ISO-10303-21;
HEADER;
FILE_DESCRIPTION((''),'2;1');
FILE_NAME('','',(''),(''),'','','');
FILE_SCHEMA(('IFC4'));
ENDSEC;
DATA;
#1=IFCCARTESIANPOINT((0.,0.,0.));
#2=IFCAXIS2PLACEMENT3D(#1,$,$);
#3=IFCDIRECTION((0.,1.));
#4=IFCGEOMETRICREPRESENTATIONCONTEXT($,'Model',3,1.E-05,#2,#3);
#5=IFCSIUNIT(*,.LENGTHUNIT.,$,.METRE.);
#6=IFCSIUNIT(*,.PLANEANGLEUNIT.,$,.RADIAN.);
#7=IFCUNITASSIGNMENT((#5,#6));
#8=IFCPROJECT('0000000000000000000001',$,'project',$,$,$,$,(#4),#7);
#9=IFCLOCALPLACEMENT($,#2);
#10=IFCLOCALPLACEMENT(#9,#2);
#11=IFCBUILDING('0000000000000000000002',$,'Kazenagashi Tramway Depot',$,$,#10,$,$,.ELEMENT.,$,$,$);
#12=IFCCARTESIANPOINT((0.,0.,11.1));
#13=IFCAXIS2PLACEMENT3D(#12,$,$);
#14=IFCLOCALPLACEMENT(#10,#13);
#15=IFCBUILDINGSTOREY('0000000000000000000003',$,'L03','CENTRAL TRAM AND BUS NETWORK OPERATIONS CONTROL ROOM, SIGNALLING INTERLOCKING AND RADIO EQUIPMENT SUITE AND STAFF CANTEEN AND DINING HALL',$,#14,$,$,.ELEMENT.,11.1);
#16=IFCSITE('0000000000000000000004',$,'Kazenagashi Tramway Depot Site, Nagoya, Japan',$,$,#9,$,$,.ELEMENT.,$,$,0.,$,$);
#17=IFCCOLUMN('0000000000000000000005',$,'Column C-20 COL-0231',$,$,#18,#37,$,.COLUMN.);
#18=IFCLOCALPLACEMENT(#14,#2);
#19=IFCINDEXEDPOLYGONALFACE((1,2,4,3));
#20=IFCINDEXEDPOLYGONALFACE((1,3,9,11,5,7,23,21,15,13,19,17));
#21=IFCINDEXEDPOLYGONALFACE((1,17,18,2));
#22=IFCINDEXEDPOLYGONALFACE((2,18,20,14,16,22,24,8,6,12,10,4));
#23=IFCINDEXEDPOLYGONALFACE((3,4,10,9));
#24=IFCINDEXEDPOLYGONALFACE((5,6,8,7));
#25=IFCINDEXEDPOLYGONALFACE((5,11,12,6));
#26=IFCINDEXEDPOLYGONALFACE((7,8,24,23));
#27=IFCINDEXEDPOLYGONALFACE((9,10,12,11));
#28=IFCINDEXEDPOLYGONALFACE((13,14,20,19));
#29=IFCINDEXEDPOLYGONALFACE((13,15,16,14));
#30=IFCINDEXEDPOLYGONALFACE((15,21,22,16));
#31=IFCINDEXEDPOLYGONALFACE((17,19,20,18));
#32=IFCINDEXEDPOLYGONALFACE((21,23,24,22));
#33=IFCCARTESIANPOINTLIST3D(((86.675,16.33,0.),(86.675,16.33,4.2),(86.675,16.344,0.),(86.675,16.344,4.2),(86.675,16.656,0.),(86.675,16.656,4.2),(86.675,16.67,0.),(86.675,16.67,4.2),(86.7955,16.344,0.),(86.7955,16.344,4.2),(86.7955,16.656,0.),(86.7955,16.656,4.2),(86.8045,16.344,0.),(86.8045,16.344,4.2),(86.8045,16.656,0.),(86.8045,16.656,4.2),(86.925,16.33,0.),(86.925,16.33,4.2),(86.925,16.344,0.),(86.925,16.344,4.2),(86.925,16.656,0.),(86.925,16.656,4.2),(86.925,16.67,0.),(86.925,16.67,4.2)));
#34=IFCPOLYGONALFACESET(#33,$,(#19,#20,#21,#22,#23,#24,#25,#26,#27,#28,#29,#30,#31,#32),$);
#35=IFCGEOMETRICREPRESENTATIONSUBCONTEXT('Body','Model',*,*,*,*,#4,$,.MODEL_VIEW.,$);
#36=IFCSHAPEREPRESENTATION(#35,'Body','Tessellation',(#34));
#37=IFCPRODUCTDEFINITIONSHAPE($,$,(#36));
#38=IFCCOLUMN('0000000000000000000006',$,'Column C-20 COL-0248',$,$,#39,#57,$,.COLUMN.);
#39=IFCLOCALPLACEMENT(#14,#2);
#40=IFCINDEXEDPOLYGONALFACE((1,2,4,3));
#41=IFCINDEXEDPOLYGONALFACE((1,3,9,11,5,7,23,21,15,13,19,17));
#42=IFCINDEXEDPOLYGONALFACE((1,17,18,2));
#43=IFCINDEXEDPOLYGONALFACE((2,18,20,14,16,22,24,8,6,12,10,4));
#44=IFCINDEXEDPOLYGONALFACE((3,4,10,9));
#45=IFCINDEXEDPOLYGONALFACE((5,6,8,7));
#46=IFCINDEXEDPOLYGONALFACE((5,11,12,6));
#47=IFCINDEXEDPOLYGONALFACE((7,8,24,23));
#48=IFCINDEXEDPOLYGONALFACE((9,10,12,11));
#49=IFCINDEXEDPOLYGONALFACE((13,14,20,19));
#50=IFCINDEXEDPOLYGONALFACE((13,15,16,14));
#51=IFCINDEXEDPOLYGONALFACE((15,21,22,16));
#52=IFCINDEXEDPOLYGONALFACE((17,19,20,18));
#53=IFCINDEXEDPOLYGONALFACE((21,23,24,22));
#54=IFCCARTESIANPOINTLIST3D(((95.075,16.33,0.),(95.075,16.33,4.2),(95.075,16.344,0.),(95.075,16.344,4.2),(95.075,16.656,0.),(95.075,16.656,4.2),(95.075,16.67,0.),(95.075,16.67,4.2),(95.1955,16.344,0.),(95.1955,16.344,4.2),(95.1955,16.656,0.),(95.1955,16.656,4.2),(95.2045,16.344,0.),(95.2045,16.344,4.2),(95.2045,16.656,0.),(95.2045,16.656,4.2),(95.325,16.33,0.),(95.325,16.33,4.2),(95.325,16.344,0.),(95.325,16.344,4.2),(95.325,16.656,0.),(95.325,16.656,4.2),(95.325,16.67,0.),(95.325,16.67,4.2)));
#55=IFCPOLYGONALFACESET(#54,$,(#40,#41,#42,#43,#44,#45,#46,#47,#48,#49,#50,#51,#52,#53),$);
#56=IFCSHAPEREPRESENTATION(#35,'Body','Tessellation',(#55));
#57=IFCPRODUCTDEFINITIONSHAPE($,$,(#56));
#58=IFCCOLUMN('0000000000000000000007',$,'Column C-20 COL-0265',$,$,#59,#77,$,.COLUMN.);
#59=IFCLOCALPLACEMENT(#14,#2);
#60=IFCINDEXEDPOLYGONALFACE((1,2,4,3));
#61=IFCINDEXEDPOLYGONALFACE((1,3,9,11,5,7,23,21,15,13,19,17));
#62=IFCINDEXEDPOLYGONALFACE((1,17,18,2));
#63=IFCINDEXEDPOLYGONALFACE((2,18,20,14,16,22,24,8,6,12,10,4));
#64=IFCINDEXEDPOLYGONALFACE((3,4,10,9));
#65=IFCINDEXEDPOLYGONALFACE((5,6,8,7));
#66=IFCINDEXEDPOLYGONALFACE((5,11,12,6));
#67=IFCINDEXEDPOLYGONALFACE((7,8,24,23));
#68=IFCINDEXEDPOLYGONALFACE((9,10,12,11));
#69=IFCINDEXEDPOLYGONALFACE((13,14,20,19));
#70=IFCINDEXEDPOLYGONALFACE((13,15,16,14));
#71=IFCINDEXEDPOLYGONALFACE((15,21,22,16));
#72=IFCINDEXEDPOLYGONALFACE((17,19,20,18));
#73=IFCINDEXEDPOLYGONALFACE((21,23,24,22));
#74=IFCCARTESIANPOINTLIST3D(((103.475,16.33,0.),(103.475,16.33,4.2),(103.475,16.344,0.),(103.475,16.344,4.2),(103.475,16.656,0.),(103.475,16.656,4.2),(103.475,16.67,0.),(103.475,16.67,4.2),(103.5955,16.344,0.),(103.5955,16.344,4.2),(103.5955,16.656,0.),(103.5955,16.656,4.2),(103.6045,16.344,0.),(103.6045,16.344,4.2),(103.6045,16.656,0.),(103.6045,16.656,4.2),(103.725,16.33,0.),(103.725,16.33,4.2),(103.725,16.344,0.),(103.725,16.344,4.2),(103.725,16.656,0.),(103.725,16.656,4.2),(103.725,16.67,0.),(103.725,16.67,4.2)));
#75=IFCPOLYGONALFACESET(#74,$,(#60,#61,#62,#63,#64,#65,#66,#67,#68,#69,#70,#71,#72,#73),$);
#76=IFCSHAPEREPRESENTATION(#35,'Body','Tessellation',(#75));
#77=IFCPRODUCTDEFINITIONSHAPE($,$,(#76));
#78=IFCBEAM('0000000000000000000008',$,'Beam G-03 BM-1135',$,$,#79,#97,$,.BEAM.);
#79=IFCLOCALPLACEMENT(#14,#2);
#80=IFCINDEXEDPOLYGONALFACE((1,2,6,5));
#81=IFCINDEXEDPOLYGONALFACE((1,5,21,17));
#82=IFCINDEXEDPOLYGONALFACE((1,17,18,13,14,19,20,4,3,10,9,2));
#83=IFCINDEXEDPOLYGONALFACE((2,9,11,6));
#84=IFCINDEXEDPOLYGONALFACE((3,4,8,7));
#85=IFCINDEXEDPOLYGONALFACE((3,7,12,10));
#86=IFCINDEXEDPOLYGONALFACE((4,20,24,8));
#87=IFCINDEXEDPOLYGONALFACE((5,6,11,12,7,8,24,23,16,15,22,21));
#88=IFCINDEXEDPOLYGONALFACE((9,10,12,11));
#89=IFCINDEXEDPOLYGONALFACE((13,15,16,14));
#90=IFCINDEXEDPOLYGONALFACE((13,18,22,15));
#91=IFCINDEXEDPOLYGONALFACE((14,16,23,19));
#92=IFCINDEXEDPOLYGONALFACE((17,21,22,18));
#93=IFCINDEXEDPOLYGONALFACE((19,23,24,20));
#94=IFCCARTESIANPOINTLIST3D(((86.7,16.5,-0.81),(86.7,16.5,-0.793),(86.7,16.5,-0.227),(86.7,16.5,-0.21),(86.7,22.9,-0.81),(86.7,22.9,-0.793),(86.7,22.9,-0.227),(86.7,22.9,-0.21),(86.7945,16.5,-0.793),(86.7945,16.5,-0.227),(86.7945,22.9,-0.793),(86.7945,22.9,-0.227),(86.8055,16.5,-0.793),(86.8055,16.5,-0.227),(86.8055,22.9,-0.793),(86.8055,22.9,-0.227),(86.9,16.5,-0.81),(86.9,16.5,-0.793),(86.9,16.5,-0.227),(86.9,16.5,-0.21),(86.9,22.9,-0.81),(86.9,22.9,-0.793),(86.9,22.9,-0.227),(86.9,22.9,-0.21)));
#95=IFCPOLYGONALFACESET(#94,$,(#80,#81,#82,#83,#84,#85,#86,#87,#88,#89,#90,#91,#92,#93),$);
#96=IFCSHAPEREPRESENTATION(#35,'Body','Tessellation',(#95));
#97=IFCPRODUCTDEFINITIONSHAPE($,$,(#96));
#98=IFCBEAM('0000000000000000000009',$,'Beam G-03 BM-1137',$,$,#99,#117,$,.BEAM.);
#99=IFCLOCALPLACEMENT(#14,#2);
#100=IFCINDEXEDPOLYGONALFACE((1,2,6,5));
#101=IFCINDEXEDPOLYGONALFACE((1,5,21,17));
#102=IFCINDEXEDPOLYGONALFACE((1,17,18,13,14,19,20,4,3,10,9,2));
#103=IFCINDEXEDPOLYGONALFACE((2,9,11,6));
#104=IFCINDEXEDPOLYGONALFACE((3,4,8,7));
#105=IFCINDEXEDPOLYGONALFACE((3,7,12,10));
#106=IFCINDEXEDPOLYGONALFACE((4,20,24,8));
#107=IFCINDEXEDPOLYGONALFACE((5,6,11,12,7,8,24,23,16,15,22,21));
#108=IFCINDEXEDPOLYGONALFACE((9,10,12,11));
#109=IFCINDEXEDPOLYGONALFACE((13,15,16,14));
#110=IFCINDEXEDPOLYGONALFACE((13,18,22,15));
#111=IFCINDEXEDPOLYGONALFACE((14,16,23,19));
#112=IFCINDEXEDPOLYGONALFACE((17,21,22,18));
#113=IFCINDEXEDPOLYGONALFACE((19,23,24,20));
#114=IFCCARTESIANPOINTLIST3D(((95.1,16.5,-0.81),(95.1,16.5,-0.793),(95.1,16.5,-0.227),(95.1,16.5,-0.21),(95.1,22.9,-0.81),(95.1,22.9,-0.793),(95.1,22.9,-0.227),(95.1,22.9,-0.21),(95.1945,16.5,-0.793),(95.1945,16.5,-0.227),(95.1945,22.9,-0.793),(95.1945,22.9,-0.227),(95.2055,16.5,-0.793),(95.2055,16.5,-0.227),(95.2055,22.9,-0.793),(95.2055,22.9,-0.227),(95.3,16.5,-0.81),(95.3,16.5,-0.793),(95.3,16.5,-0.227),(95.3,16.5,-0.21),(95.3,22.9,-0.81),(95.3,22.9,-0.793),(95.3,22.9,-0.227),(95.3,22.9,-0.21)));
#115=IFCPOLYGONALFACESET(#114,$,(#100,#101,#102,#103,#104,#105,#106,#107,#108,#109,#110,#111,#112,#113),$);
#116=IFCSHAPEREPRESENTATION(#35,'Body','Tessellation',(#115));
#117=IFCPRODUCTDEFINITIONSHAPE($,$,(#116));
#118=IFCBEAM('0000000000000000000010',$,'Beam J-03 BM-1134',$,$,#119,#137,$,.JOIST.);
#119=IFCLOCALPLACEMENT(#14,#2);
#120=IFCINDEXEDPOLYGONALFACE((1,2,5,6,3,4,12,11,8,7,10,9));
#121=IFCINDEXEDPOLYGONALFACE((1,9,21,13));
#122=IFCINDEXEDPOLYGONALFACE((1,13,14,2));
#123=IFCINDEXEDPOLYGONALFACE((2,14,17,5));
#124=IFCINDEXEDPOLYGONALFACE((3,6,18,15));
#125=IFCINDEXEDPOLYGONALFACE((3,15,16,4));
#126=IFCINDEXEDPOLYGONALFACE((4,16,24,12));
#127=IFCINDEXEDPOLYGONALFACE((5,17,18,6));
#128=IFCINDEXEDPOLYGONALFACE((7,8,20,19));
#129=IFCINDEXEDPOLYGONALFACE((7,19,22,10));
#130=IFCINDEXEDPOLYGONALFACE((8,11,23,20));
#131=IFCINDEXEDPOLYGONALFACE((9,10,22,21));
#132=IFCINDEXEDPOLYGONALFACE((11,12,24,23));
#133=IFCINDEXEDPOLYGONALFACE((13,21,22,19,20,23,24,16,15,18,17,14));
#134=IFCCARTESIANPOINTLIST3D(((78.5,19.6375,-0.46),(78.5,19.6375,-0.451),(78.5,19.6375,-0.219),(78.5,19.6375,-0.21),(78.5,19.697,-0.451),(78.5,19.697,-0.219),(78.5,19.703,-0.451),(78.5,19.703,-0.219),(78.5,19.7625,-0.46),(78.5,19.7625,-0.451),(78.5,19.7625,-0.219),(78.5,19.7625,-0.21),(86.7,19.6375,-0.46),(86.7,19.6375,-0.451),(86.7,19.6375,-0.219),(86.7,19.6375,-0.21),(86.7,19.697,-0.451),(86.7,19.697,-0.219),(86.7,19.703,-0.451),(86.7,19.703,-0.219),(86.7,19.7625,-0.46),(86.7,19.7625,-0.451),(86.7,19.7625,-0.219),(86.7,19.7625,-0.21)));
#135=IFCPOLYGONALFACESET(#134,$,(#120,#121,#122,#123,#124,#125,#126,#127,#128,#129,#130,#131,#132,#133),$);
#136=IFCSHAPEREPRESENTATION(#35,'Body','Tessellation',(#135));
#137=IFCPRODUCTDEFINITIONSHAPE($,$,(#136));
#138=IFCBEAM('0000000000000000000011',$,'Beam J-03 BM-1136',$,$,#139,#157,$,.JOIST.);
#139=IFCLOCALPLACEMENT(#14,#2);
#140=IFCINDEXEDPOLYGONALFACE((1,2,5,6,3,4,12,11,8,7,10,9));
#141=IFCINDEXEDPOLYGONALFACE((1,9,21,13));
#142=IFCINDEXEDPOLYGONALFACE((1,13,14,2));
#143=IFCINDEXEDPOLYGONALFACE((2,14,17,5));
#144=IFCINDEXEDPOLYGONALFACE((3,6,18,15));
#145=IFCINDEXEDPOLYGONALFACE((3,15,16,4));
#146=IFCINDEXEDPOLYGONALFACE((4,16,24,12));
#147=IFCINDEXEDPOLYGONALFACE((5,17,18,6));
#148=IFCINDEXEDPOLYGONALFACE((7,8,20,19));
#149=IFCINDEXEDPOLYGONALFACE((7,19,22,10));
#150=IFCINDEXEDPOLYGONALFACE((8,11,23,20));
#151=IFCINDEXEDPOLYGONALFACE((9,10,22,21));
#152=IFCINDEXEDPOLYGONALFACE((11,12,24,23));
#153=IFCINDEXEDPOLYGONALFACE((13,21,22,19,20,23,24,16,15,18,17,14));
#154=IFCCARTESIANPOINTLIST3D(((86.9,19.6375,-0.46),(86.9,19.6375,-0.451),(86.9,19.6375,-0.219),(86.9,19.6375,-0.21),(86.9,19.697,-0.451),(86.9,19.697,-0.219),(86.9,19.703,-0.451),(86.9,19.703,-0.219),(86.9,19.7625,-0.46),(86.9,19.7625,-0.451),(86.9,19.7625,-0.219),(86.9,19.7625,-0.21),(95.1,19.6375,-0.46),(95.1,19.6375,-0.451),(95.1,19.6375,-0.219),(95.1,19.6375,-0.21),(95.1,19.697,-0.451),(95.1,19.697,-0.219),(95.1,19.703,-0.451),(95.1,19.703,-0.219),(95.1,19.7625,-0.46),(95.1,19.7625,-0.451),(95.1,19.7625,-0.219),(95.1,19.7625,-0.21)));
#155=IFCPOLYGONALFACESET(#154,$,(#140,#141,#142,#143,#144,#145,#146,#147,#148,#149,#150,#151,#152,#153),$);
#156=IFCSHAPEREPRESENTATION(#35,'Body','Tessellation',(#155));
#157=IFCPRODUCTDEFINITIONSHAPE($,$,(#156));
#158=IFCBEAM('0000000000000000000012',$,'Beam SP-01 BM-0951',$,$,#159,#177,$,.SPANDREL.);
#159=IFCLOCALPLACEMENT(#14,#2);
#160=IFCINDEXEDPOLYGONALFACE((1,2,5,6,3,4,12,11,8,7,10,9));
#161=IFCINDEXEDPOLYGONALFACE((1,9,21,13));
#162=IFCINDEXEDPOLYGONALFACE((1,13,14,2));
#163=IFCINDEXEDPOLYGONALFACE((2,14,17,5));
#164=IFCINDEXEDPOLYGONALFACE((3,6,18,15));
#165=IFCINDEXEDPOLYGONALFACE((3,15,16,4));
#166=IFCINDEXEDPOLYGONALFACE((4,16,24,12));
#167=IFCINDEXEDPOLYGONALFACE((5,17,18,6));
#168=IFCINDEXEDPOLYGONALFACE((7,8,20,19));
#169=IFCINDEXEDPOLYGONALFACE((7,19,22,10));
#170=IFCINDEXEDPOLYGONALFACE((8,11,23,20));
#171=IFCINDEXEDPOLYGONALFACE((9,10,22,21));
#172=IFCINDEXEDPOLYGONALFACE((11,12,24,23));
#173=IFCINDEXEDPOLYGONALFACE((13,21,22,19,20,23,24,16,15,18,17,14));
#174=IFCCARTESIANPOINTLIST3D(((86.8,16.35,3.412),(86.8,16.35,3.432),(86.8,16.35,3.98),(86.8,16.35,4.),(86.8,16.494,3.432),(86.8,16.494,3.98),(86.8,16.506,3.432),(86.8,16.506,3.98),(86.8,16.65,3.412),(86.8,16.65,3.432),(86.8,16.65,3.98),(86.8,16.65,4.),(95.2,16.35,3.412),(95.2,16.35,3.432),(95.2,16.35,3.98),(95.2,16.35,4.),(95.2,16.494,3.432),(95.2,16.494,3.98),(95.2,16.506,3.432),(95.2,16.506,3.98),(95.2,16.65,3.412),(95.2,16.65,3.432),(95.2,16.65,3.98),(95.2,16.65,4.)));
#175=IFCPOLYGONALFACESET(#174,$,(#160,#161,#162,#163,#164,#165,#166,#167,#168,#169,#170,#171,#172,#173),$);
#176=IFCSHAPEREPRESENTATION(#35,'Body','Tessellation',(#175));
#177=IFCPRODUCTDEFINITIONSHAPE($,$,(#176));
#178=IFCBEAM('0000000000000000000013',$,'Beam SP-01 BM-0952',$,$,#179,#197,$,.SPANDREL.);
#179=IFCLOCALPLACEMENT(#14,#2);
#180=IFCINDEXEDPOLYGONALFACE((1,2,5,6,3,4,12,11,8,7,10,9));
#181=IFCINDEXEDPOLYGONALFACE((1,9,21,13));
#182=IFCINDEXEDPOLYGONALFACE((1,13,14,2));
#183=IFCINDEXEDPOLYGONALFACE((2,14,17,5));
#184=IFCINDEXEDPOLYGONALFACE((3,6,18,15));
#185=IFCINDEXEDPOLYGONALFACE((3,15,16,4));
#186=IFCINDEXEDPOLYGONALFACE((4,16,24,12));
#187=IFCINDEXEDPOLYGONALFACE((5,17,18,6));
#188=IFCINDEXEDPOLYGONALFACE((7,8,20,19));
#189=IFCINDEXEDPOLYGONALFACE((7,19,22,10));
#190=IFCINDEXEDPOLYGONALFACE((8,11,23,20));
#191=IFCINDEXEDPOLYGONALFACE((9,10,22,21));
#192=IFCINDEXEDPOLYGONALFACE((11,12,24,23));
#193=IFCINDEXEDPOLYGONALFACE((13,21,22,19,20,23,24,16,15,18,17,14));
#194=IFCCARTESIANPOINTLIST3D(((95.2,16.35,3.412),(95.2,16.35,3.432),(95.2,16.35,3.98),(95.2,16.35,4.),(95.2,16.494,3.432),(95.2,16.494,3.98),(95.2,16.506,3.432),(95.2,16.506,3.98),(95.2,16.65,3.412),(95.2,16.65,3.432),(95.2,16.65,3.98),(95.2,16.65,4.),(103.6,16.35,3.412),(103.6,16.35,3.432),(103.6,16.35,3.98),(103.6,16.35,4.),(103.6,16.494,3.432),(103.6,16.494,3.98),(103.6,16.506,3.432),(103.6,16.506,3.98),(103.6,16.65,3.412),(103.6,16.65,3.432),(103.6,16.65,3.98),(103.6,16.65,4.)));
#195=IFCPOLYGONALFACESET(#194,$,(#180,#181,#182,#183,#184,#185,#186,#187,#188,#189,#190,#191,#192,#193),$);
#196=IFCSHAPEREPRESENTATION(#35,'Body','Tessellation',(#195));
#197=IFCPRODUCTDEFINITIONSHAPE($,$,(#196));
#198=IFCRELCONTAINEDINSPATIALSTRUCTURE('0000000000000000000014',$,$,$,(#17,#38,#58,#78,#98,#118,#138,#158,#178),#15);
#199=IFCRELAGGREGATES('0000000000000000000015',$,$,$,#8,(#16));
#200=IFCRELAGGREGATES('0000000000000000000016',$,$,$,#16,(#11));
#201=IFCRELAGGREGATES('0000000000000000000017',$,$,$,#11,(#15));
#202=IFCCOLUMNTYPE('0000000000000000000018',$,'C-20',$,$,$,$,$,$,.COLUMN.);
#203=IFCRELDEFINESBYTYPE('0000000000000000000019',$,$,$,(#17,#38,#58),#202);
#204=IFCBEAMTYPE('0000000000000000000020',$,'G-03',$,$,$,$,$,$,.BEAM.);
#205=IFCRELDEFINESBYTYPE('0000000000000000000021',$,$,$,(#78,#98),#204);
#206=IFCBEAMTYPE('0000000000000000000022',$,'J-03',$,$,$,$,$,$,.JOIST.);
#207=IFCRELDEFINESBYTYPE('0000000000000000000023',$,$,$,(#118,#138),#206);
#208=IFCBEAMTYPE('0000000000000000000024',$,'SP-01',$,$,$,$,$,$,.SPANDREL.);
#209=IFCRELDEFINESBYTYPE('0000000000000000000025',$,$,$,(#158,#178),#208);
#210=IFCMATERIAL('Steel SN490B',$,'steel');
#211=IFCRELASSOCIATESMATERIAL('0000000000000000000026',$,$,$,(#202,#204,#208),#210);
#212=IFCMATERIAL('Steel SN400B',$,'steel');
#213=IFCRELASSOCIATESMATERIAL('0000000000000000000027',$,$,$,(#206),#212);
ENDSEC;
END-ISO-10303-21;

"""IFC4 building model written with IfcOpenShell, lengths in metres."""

from ifc_helpers import new_model, si_unit, direction, frame, origin, origin_2d, place, context, subcontext, project, spatial, i_section, extrude, material, material_profile, profile_set, type_object, element, save


model = new_model("IFC4")

# Units and contexts
model_context = context("Model", 3, precision=1e-05, world=origin(), true_north=direction((0.0, 1.0)))
body_context = subcontext(model_context, "Body", "Model", "MODEL_VIEW")
ifc_project = project(units=[si_unit("LENGTHUNIT", "METRE"), si_unit("PLANEANGLEUNIT", "RADIAN")], contexts=[model_context])

# Site, building, storey
site_placement = place(None, origin())
site = spatial("IfcSite", under=ifc_project, at=site_placement, Name="Kazenagashi Tramway Depot Site, Nagoya, Japan", CompositionType="ELEMENT", RefElevation=0.0)
building_placement = place(site_placement, origin())
building = spatial("IfcBuilding", under=site, at=building_placement, Name="Kazenagashi Tramway Depot", CompositionType="ELEMENT")
storey_placement = place(building_placement, frame((0.0, 0.0, 11.1)))
storey = spatial("IfcBuildingStorey", under=building, at=storey_placement, Name="L03", Description="CENTRAL TRAM AND BUS NETWORK OPERATIONS CONTROL ROOM, SIGNALLING INTERLOCKING AND RADIO EQUIPMENT SUITE AND STAFF CANTEEN AND DINING HALL", CompositionType="ELEMENT", Elevation=11.1)

# Columns
ifc_material_1 = material(Name="Steel SN490B", Category="steel")
ifc_material_profile_1 = material_profile(ifc_material_1, i_section(OverallWidth=0.25, OverallDepth=0.34, WebThickness=0.009, FlangeThickness=0.014, at=origin_2d()), Name="H-340x250x9x14")
ifc_profile_set_1 = profile_set([ifc_material_profile_1], Name="Steel SN490B")
column_type = type_object("IfcColumnType", Name="C-20", PredefinedType="COLUMN", material=ifc_profile_set_1)
for number, where, z_axis, x_axis, name in (
    (1, (86.8, 16.5, 0.0), (0.0, 0.0, 1.0), (1.0, 0.0, 0.0), "Column C-20 COL-0231"),
    (2, (95.2, 16.5, 0.0), (0.0, 0.0, 1.0), (1.0, 0.0, 0.0), "Column C-20 COL-0248"),
    (3, (103.6, 16.5, 0.0), (0.0, 0.0, 1.0), (1.0, 0.0, 0.0), "Column C-20 COL-0265"),
):
    element("IfcColumn", number, at=place(storey_placement, frame(where, z_axis=z_axis, x_axis=x_axis)), inside=storey, type_object=column_type, Name=name, PredefinedType="COLUMN", context=body_context, shape_type="SweptSolid", body=[
        extrude(i_section(OverallWidth=0.25, OverallDepth=0.34, WebThickness=0.009, FlangeThickness=0.014, at=origin_2d()), origin(), (0.0, 0.0, 1.0), 4.2),
    ])

# Beams
ifc_material_profile_2 = material_profile(ifc_material_1, i_section(OverallWidth=0.2, OverallDepth=0.6, WebThickness=0.011, FlangeThickness=0.017, at=origin_2d()), Name="H-600x200x11x17")
ifc_profile_set_2 = profile_set([ifc_material_profile_2], Name="Steel SN490B")
beam_type_1 = type_object("IfcBeamType", Name="G-03", PredefinedType="BEAM", material=ifc_profile_set_2)
for number, where, z_axis, x_axis, name in (
    (4, (86.8, 16.5, -0.51), (0.0, 1.0, 0.0), (-1.0, 0.0, 0.0), "Beam G-03 BM-1135"),
    (5, (95.2, 16.5, -0.51), (0.0, 1.0, 0.0), (-1.0, 0.0, 0.0), "Beam G-03 BM-1137"),
):
    element("IfcBeam", number, at=place(storey_placement, frame(where, z_axis=z_axis, x_axis=x_axis)), inside=storey, type_object=beam_type_1, Name=name, PredefinedType="BEAM", context=body_context, shape_type="SweptSolid", body=[
        extrude(i_section(OverallWidth=0.2, OverallDepth=0.6, WebThickness=0.011, FlangeThickness=0.017, at=origin_2d()), origin(), (0.0, 0.0, 1.0), 6.4),
    ])
ifc_material_2 = material(Name="Steel SN400B", Category="steel")
ifc_material_profile_3 = material_profile(ifc_material_2, i_section(OverallWidth=0.125, OverallDepth=0.25, WebThickness=0.006, FlangeThickness=0.009, at=origin_2d()), Name="H-250x125x6x9")
ifc_profile_set_3 = profile_set([ifc_material_profile_3], Name="Steel SN400B")
beam_type_2 = type_object("IfcBeamType", Name="J-03", PredefinedType="JOIST", material=ifc_profile_set_3)
for number, where, z_axis, x_axis, name in (
    (6, (78.5, 19.7, -0.335), (1.0, 0.0, 0.0), (0.0, 1.0, 0.0), "Beam J-03 BM-1134"),
    (7, (86.9, 19.7, -0.335), (1.0, 0.0, 0.0), (0.0, 1.0, 0.0), "Beam J-03 BM-1136"),
):
    element("IfcBeam", number, at=place(storey_placement, frame(where, z_axis=z_axis, x_axis=x_axis)), inside=storey, type_object=beam_type_2, Name=name, PredefinedType="JOIST", context=body_context, shape_type="SweptSolid", body=[
        extrude(i_section(OverallWidth=0.125, OverallDepth=0.25, WebThickness=0.006, FlangeThickness=0.009, at=origin_2d()), origin(), (0.0, 0.0, 1.0), 8.2),
    ])
ifc_material_profile_4 = material_profile(ifc_material_1, i_section(OverallWidth=0.3, OverallDepth=0.588, WebThickness=0.012, FlangeThickness=0.02, at=origin_2d()), Name="H-588x300x12x20")
ifc_profile_set_4 = profile_set([ifc_material_profile_4], Name="Steel SN490B")
beam_type_3 = type_object("IfcBeamType", Name="SP-01", PredefinedType="SPANDREL", material=ifc_profile_set_4)
for number, where, z_axis, x_axis, name in (
    (8, (86.8, 16.5, 3.706), (1.0, 0.0, 0.0), (0.0, 1.0, 0.0), "Beam SP-01 BM-0951"),
    (9, (95.2, 16.5, 3.706), (1.0, 0.0, 0.0), (0.0, 1.0, 0.0), "Beam SP-01 BM-0952"),
):
    element("IfcBeam", number, at=place(storey_placement, frame(where, z_axis=z_axis, x_axis=x_axis)), inside=storey, type_object=beam_type_3, Name=name, PredefinedType="SPANDREL", context=body_context, shape_type="SweptSolid", body=[
        extrude(i_section(OverallWidth=0.3, OverallDepth=0.588, WebThickness=0.012, FlangeThickness=0.02, at=origin_2d()), origin(), (0.0, 0.0, 1.0), 8.4),
    ])

save(model, "model.ifc")
